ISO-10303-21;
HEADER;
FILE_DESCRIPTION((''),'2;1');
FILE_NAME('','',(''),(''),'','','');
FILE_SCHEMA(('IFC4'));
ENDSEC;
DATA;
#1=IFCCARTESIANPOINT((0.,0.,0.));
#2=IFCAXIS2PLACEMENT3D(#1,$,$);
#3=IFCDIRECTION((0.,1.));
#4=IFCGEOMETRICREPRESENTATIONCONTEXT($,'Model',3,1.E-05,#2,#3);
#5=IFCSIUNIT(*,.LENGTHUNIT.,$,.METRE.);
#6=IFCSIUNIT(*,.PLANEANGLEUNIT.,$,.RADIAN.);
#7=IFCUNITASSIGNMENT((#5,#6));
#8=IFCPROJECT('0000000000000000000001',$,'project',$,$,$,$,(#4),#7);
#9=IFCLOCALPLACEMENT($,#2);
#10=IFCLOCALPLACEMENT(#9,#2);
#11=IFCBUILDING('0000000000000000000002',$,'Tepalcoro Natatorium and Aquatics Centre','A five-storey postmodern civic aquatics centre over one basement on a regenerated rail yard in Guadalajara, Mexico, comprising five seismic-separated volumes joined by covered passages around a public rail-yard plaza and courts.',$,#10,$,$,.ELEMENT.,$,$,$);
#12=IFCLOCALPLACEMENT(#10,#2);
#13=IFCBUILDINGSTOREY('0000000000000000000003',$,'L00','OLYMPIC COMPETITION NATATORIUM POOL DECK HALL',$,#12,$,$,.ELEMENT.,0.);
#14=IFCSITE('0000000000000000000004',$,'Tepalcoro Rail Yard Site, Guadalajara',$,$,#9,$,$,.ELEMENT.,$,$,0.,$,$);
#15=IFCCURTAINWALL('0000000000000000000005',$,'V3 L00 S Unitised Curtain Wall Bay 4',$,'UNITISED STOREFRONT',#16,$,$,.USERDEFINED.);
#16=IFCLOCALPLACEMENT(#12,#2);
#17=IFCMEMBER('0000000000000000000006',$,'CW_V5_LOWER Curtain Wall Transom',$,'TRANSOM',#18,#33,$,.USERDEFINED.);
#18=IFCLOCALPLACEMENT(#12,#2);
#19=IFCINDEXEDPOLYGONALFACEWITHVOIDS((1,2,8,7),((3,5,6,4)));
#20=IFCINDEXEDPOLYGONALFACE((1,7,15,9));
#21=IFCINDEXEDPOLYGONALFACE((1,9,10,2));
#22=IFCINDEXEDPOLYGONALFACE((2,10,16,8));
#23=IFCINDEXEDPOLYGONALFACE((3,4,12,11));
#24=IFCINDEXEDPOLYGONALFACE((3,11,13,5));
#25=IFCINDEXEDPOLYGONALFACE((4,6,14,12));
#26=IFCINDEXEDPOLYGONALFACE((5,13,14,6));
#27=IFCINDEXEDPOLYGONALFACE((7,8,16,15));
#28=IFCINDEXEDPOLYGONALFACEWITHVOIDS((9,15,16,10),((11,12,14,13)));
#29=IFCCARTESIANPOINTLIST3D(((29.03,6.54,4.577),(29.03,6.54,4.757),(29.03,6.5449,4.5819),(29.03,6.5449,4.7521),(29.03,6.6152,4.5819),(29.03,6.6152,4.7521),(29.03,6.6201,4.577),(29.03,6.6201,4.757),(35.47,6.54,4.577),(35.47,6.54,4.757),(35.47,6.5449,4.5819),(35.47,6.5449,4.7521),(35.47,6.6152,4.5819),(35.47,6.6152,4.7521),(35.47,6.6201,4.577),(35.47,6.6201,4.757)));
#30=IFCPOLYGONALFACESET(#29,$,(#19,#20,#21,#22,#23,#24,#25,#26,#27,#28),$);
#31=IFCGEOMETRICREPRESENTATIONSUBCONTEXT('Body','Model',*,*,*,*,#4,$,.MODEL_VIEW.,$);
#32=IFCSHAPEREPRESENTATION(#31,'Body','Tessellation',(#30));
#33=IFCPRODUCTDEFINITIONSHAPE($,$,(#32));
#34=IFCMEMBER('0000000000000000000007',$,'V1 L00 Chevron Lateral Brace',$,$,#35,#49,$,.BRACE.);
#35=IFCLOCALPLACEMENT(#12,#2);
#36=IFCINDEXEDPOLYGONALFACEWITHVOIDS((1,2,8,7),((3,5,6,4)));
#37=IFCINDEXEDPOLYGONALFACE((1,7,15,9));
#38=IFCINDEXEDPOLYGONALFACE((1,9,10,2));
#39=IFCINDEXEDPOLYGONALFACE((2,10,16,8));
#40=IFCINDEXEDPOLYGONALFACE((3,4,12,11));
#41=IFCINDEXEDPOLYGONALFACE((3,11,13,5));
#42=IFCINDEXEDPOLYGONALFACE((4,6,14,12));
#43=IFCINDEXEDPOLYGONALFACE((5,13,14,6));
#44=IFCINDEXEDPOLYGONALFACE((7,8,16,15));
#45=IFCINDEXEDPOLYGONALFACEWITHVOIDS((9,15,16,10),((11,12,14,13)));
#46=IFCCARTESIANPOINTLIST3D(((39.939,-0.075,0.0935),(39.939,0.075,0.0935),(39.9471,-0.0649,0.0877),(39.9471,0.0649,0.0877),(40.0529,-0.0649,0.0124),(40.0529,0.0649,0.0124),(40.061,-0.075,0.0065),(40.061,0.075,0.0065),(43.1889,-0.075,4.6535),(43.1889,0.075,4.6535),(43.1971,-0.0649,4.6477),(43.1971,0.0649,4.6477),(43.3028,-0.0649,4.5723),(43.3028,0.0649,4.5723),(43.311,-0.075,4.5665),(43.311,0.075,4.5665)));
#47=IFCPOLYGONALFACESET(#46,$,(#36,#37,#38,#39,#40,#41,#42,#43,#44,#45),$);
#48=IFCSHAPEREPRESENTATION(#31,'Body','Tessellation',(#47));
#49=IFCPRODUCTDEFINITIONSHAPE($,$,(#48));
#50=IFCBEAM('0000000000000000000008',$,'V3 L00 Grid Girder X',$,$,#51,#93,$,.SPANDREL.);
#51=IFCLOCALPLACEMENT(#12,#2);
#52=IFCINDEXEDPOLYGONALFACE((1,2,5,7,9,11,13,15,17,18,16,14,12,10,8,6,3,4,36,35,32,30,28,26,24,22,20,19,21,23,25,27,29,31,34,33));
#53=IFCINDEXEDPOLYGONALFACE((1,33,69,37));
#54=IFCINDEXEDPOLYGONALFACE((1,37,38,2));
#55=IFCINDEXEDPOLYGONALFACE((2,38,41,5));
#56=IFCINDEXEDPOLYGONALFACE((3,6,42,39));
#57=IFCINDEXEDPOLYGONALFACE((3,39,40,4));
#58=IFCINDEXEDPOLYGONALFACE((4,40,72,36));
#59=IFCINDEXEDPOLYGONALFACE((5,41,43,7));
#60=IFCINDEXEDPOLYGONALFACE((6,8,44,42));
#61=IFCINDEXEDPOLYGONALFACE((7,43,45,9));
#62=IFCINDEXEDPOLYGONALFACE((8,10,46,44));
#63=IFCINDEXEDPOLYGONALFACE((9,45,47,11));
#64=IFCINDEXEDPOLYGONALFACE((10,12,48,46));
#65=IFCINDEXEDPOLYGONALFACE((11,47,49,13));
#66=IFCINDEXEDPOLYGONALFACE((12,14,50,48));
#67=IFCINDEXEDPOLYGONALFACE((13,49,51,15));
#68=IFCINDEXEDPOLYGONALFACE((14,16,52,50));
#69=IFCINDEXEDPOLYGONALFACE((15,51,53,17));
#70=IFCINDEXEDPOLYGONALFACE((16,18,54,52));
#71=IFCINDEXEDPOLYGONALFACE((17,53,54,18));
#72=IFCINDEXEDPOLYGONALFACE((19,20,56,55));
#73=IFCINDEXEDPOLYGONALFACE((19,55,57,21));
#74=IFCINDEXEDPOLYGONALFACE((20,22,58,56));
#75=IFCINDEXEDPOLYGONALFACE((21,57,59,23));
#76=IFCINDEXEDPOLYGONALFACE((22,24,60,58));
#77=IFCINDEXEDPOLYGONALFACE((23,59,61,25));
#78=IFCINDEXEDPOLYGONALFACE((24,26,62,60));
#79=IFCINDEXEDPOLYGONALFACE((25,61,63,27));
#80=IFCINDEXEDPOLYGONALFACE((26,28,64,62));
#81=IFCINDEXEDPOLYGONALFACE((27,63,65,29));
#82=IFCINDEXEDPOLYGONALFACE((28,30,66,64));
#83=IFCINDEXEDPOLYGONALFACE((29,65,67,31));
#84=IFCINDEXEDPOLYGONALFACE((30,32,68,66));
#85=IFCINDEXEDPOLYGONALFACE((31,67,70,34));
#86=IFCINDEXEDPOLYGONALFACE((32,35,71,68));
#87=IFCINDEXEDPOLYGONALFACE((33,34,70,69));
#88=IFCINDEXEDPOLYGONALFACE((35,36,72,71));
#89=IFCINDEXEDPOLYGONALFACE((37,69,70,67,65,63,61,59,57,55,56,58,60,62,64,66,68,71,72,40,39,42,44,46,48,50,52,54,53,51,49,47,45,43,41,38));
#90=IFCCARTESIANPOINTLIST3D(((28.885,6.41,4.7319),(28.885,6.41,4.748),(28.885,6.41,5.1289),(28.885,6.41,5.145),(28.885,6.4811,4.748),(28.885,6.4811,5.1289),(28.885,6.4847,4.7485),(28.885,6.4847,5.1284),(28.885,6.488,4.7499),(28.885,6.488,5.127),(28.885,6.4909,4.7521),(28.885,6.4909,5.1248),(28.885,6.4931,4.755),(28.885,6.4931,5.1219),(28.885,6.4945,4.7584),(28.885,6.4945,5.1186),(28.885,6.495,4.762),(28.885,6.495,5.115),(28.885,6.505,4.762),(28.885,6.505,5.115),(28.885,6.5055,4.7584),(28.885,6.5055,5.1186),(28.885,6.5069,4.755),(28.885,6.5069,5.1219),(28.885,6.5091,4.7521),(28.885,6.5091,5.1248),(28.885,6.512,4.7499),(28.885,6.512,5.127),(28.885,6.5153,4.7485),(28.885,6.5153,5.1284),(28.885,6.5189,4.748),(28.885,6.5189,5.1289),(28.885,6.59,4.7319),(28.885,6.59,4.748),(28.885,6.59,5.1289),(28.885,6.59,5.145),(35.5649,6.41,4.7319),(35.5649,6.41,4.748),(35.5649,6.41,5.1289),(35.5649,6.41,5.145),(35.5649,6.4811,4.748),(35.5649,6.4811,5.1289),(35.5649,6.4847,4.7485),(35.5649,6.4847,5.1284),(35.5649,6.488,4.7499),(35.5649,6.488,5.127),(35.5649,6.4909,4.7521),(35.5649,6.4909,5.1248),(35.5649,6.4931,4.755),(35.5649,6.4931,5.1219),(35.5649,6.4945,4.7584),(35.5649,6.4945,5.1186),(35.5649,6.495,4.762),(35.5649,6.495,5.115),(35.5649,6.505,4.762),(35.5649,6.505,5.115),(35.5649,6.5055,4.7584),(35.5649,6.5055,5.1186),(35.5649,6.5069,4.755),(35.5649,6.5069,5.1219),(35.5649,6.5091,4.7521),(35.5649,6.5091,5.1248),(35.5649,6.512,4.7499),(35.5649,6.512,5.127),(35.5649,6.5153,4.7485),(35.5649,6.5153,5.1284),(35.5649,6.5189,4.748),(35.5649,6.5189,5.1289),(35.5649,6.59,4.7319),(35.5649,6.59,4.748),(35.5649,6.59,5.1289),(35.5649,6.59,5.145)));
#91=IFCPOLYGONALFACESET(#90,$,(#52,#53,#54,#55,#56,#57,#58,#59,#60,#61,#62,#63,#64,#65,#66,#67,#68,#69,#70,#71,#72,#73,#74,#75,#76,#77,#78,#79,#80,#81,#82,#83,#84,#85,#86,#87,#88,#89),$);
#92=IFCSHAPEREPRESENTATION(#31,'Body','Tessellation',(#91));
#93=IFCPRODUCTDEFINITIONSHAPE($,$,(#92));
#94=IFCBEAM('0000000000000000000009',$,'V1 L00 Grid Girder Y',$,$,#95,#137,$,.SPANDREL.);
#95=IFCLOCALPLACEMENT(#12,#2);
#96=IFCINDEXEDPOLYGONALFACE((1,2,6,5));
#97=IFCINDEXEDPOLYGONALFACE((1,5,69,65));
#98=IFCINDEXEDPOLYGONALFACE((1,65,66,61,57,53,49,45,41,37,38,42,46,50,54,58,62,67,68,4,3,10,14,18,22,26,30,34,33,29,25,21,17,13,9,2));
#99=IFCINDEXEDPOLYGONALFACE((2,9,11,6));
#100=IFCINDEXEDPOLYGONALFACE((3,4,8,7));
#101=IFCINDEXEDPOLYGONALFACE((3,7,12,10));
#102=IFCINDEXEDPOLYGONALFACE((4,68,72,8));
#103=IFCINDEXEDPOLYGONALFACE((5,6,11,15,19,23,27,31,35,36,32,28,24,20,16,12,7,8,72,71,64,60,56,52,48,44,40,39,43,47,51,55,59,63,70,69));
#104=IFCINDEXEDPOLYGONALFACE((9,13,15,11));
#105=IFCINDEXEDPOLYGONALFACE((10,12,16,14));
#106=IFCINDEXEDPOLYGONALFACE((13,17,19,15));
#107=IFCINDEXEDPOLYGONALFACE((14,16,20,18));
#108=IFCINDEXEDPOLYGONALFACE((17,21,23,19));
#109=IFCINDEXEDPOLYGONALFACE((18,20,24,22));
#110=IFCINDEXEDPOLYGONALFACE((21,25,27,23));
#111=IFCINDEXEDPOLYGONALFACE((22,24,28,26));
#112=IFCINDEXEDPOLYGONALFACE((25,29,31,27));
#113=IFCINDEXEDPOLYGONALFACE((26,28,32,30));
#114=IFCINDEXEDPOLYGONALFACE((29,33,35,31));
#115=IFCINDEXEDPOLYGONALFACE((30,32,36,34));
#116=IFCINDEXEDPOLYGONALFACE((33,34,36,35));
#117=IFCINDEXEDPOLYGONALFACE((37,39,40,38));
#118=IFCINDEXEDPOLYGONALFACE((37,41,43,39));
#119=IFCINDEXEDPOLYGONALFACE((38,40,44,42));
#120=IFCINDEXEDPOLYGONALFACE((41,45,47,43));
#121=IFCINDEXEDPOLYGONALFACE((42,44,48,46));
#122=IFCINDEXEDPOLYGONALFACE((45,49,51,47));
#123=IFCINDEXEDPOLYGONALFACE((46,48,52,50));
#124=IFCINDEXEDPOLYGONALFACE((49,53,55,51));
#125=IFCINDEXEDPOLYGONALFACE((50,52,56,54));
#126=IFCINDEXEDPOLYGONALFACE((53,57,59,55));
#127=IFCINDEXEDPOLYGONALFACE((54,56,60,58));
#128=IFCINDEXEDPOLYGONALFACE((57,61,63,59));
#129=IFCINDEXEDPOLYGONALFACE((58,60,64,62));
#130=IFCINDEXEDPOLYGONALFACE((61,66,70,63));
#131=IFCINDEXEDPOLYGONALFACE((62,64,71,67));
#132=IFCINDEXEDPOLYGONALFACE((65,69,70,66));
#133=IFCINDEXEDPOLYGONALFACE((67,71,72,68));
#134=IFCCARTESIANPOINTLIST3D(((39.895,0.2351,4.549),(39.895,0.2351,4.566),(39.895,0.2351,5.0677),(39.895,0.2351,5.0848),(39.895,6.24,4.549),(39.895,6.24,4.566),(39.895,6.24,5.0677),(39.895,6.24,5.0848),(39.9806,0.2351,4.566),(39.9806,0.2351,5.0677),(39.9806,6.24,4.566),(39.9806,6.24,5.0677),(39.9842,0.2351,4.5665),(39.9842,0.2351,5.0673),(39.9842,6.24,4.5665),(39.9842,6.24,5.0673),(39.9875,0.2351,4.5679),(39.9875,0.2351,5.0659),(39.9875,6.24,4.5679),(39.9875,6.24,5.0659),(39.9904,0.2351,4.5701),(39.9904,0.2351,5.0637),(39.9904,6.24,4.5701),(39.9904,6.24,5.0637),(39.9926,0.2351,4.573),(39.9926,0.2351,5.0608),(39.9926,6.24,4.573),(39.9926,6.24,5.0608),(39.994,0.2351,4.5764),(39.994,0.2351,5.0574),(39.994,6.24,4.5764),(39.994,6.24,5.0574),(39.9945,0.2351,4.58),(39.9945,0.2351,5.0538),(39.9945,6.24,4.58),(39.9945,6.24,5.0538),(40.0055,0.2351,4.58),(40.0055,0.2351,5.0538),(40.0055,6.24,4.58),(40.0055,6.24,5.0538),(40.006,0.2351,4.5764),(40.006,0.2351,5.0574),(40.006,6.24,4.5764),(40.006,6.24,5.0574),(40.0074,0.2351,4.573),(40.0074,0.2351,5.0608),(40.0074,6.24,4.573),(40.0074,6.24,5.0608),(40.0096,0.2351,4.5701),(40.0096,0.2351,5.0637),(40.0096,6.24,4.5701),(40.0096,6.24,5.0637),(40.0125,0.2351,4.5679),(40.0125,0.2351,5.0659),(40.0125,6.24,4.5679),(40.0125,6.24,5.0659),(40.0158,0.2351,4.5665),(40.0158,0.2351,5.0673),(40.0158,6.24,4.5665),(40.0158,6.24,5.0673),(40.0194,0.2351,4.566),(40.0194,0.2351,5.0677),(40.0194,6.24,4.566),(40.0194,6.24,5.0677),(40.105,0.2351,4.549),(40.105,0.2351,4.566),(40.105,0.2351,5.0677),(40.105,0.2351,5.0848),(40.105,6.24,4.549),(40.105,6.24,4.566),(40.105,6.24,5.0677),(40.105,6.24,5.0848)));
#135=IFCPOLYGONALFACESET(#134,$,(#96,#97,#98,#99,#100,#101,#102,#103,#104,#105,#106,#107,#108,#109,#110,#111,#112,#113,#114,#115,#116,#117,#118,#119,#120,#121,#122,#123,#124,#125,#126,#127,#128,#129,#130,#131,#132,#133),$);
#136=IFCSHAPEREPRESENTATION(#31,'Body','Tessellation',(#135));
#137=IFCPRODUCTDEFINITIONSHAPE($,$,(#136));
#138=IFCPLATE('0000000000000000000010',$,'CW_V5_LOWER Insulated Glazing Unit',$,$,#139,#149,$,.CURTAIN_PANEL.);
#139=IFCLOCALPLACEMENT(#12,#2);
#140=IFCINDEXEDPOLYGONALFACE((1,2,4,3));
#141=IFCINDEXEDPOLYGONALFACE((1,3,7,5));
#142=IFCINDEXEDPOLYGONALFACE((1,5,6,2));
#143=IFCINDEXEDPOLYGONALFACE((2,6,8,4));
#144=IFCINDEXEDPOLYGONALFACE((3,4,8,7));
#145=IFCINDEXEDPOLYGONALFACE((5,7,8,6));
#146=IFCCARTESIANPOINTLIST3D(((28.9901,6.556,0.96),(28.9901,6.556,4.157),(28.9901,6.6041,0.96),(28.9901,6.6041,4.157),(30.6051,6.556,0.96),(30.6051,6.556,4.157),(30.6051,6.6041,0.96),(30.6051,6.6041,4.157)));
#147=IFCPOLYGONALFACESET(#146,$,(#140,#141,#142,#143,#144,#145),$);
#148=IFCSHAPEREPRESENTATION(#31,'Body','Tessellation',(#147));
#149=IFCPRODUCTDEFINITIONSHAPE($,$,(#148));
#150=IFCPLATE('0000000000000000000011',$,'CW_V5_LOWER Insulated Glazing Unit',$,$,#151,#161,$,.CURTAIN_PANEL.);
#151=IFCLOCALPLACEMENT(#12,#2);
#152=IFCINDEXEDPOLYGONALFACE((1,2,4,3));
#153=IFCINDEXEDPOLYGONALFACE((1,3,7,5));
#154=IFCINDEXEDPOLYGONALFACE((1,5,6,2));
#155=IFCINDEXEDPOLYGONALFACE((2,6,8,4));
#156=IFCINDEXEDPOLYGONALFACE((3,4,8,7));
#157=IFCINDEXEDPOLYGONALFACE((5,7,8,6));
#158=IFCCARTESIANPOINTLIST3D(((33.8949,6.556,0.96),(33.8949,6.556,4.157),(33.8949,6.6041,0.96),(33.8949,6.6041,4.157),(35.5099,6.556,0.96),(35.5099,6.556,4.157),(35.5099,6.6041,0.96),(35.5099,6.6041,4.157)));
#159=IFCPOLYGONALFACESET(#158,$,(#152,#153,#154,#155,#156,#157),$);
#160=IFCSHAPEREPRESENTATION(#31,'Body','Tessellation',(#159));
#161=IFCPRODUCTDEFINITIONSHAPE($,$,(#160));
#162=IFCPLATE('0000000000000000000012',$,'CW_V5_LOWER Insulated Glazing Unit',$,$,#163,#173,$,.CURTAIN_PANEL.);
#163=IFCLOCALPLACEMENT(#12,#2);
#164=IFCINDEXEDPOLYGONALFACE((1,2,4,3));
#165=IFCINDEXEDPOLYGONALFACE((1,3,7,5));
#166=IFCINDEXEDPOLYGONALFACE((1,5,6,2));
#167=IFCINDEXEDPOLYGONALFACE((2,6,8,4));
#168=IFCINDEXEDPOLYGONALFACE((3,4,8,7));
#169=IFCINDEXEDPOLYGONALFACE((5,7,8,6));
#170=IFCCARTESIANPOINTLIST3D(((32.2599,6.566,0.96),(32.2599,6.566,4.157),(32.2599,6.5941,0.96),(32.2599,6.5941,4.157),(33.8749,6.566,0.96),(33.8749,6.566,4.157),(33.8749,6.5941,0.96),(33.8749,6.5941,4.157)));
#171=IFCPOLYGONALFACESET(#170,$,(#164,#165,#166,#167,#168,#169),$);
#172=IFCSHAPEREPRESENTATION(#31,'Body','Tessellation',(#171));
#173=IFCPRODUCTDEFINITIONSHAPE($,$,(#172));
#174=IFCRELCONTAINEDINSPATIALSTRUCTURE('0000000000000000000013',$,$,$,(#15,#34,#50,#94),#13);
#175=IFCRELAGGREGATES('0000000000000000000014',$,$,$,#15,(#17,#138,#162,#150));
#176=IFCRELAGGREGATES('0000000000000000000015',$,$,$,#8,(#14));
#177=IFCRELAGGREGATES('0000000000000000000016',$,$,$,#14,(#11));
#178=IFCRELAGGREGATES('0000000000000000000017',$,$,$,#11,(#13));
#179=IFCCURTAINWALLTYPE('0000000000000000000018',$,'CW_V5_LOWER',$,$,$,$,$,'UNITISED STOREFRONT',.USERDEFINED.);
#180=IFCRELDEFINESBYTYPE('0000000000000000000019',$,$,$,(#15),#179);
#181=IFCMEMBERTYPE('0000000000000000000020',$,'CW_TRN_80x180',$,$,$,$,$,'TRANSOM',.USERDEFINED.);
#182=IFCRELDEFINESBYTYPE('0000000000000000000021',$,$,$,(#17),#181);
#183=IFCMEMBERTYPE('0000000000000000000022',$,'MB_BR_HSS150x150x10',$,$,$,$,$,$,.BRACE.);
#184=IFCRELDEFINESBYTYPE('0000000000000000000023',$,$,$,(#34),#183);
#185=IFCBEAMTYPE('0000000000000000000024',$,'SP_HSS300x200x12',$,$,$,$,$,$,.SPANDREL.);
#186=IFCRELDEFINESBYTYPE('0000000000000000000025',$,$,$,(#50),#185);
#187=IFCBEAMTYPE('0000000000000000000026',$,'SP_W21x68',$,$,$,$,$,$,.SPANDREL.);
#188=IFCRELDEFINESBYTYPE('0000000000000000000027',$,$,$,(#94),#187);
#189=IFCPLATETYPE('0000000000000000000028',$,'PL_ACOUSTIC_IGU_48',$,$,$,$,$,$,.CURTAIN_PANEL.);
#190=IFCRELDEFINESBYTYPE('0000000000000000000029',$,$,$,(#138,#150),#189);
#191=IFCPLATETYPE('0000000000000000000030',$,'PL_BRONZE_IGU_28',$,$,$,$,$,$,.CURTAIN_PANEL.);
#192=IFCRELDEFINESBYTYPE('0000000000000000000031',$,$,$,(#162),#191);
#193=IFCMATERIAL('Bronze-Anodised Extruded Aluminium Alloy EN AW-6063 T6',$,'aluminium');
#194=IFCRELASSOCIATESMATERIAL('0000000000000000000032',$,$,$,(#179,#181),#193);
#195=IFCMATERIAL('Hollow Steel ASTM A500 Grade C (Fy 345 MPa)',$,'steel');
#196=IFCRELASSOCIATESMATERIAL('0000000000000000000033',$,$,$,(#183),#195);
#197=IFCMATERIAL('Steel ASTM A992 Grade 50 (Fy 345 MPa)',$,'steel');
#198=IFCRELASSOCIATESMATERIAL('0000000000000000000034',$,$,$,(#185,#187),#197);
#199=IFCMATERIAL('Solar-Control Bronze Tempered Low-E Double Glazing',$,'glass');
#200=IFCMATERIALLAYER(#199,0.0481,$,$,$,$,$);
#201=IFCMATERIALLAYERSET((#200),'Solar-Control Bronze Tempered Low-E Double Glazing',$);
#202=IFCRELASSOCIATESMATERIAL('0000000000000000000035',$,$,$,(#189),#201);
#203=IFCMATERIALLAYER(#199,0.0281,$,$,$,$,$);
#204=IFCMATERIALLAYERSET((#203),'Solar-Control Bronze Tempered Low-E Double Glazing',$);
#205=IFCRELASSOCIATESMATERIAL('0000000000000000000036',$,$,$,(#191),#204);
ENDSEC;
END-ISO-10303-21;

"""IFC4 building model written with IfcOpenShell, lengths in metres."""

from ifc_helpers import new_model, si_unit, direction, frame, origin, origin_2d, place, context, subcontext, project, spatial, rectangle, hollow_rectangle, i_section, extrude, material, layer, layer_set, material_profile, profile_set, type_object, element, aggregate, save


model = new_model("IFC4")

# Units and contexts
model_context = context("Model", 3, precision=1e-05, world=origin(), true_north=direction((0.0, 1.0)))
body_context = subcontext(model_context, "Body", "Model", "MODEL_VIEW")
ifc_project = project(units=[si_unit("LENGTHUNIT", "METRE"), si_unit("PLANEANGLEUNIT", "RADIAN")], contexts=[model_context])

# Site, building, storey
site_placement = place(None, origin())
site = spatial("IfcSite", under=ifc_project, at=site_placement, Name="Tepalcoro Rail Yard Site, Guadalajara", CompositionType="ELEMENT", RefElevation=0.0)
building_placement = place(site_placement, origin())
building = spatial("IfcBuilding", under=site, at=building_placement, Name="Tepalcoro Natatorium and Aquatics Centre", Description="A five-storey postmodern civic aquatics centre over one basement on a regenerated rail yard in Guadalajara, Mexico, comprising five seismic-separated volumes joined by covered passages around a public rail-yard plaza and courts.", CompositionType="ELEMENT")
storey_placement = place(building_placement, origin())
storey = spatial("IfcBuildingStorey", under=building, at=storey_placement, Name="L00", Description="OLYMPIC COMPETITION NATATORIUM POOL DECK HALL", CompositionType="ELEMENT", Elevation=0.0)

# Shared definitions
ifc_material_1 = material(Name="Steel ASTM A992 Grade 50 (Fy 345 MPa)", Category="steel")

# Curtain wall, member
ifc_material_2 = material(Name="Bronze-Anodised Extruded Aluminium Alloy EN AW-6063 T6", Category="aluminium")
curtain_wall_type = type_object("IfcCurtainWallType", Name="CW_V5_LOWER", ElementType="UNITISED STOREFRONT", PredefinedType="USERDEFINED", material=ifc_material_2)
curtain_wall_placement = place(storey_placement, origin())
curtain_wall = element("IfcCurtainWall", 1, at=curtain_wall_placement, inside=storey, type_object=curtain_wall_type, Name="V3 L00 S Unitised Curtain Wall Bay 4", ObjectType="UNITISED STOREFRONT", PredefinedType="USERDEFINED")
ifc_material_profile_1 = material_profile(ifc_material_2, hollow_rectangle(XDim=0.0801, YDim=0.1799, WallThickness=0.0049, at=origin_2d()), Name="AL80X180X5")
ifc_profile_set_1 = profile_set([ifc_material_profile_1], Name="Bronze-Anodised Extruded Aluminium Alloy EN AW-6063 T6")
member_type_1 = type_object("IfcMemberType", Name="CW_TRN_80x180", ElementType="TRANSOM", PredefinedType="USERDEFINED", material=ifc_profile_set_1)
member_1_placement = place(storey_placement, frame((29.03, 6.5801, 4.667), z_axis=(1.0, 0.0, 0.0), x_axis=(0.0, 1.0, 0.0)))
member_1 = element("IfcMember", 2, at=member_1_placement, type_object=member_type_1, Name="CW_V5_LOWER Curtain Wall Transom", ObjectType="TRANSOM", PredefinedType="USERDEFINED", context=body_context, shape_type="SweptSolid", body=[
    extrude(hollow_rectangle(XDim=0.0801, YDim=0.1799, WallThickness=0.0049, at=origin_2d()), origin(), (0.0, 0.0, 1.0), 6.4399),
])

# Member
ifc_material_3 = material(Name="Hollow Steel ASTM A500 Grade C (Fy 345 MPa)", Category="steel")
ifc_material_profile_2 = material_profile(ifc_material_3, hollow_rectangle(XDim=0.1499, YDim=0.1499, WallThickness=0.01, at=origin_2d()), Name="HSS150X150X10")
ifc_profile_set_2 = profile_set([ifc_material_profile_2], Name="Hollow Steel ASTM A500 Grade C (Fy 345 MPa)")
member_type_2 = type_object("IfcMemberType", Name="MB_BR_HSS150x150x10", PredefinedType="BRACE", material=ifc_profile_set_2)
member_2_placement = place(storey_placement, frame((40.0, 0.0, 0.05), z_axis=(0.580388, 0.0, 0.81434), x_axis=(0.0, 1.0, 0.0)))
element("IfcMember", 3, at=member_2_placement, inside=storey, type_object=member_type_2, Name="V1 L00 Chevron Lateral Brace", PredefinedType="BRACE", context=body_context, shape_type="SweptSolid", body=[
    extrude(hollow_rectangle(XDim=0.1499, YDim=0.1499, WallThickness=0.01, at=origin_2d()), origin(), (0.0, 0.0, 1.0), 5.5996),
])

# Beams
ifc_material_profile_3 = material_profile(ifc_material_1, i_section(OverallWidth=0.1799, OverallDepth=0.4131, WebThickness=0.01, FlangeThickness=0.0161, FilletRadius=0.0139, at=origin_2d()), Name="W16X50")
ifc_profile_set_3 = profile_set([ifc_material_profile_3], Name="Steel ASTM A992 Grade 50 (Fy 345 MPa)")
beam_type_1 = type_object("IfcBeamType", Name="SP_HSS300x200x12", PredefinedType="SPANDREL", material=ifc_profile_set_3)
beam_1_placement = place(storey_placement, frame((28.885, 6.5, 4.9385), z_axis=(1.0, 0.0, 0.0), x_axis=(0.0, 1.0, 0.0)))
element("IfcBeam", 4, at=beam_1_placement, inside=storey, type_object=beam_type_1, Name="V3 L00 Grid Girder X", PredefinedType="SPANDREL", context=body_context, shape_type="SweptSolid", body=[
    extrude(i_section(OverallWidth=0.1799, OverallDepth=0.4131, WebThickness=0.01, FlangeThickness=0.0161, FilletRadius=0.0139, at=origin_2d()), origin(), (0.0, 0.0, 1.0), 6.6799),
])
ifc_material_profile_4 = material_profile(ifc_material_1, i_section(OverallWidth=0.21, OverallDepth=0.5359, WebThickness=0.011, FlangeThickness=0.0171, FilletRadius=0.0139, at=origin_2d()), Name="W21X68")
ifc_profile_set_4 = profile_set([ifc_material_profile_4], Name="Steel ASTM A992 Grade 50 (Fy 345 MPa)")
beam_type_2 = type_object("IfcBeamType", Name="SP_W21x68", PredefinedType="SPANDREL", material=ifc_profile_set_4)
beam_2_placement = place(storey_placement, frame((40.0, 0.2351, 4.8169), z_axis=(0.0, 1.0, 0.0), x_axis=(-1.0, 0.0, 0.0)))
element("IfcBeam", 5, at=beam_2_placement, inside=storey, type_object=beam_type_2, Name="V1 L00 Grid Girder Y", PredefinedType="SPANDREL", context=body_context, shape_type="SweptSolid", body=[
    extrude(i_section(OverallWidth=0.21, OverallDepth=0.5359, WebThickness=0.011, FlangeThickness=0.0171, FilletRadius=0.0139, at=origin_2d()), origin(), (0.0, 0.0, 1.0), 6.0049),
])

# Plates
ifc_material_4 = material(Name="Solar-Control Bronze Tempered Low-E Double Glazing", Category="glass")
ifc_layer_1 = layer(ifc_material_4, 0.0481)
ifc_layer_set_1 = layer_set([ifc_layer_1], Name="Solar-Control Bronze Tempered Low-E Double Glazing")
plate_type_1 = type_object("IfcPlateType", Name="PL_ACOUSTIC_IGU_48", PredefinedType="CURTAIN_PANEL", material=ifc_layer_set_1)
plate_1_placement = place(storey_placement, frame((29.7976, 6.5801, 0.96), z_axis=(0.0, 0.0, 1.0), x_axis=(1.0, 0.0, 0.0)))
plate_1 = element("IfcPlate", 6, at=plate_1_placement, type_object=plate_type_1, Name="CW_V5_LOWER Insulated Glazing Unit", PredefinedType="CURTAIN_PANEL", context=body_context, shape_type="SweptSolid", body=[
    extrude(rectangle(XDim=1.615, YDim=0.0481, at=origin_2d()), origin(), (0.0, 0.0, 1.0), 3.197),
])
plate_2_placement = place(storey_placement, frame((34.7024, 6.5801, 0.96), z_axis=(0.0, 0.0, 1.0), x_axis=(1.0, 0.0, 0.0)))
plate_2 = element("IfcPlate", 7, at=plate_2_placement, type_object=plate_type_1, Name="CW_V5_LOWER Insulated Glazing Unit", PredefinedType="CURTAIN_PANEL", context=body_context, shape_type="SweptSolid", body=[
    extrude(rectangle(XDim=1.615, YDim=0.0481, at=origin_2d()), origin(), (0.0, 0.0, 1.0), 3.197),
])
ifc_layer_2 = layer(ifc_material_4, 0.0281)
ifc_layer_set_2 = layer_set([ifc_layer_2], Name="Solar-Control Bronze Tempered Low-E Double Glazing")
plate_type_2 = type_object("IfcPlateType", Name="PL_BRONZE_IGU_28", PredefinedType="CURTAIN_PANEL", material=ifc_layer_set_2)
plate_3_placement = place(storey_placement, frame((33.0674, 6.5801, 0.96), z_axis=(0.0, 0.0, 1.0), x_axis=(1.0, 0.0, 0.0)))
plate_3 = element("IfcPlate", 8, at=plate_3_placement, type_object=plate_type_2, Name="CW_V5_LOWER Insulated Glazing Unit", PredefinedType="CURTAIN_PANEL", context=body_context, shape_type="SweptSolid", body=[
    extrude(rectangle(XDim=1.615, YDim=0.0281, at=origin_2d()), origin(), (0.0, 0.0, 1.0), 3.197),
])
aggregate(curtain_wall, [member_1, plate_1, plate_3, plate_2])

save(model, "model.ifc")
